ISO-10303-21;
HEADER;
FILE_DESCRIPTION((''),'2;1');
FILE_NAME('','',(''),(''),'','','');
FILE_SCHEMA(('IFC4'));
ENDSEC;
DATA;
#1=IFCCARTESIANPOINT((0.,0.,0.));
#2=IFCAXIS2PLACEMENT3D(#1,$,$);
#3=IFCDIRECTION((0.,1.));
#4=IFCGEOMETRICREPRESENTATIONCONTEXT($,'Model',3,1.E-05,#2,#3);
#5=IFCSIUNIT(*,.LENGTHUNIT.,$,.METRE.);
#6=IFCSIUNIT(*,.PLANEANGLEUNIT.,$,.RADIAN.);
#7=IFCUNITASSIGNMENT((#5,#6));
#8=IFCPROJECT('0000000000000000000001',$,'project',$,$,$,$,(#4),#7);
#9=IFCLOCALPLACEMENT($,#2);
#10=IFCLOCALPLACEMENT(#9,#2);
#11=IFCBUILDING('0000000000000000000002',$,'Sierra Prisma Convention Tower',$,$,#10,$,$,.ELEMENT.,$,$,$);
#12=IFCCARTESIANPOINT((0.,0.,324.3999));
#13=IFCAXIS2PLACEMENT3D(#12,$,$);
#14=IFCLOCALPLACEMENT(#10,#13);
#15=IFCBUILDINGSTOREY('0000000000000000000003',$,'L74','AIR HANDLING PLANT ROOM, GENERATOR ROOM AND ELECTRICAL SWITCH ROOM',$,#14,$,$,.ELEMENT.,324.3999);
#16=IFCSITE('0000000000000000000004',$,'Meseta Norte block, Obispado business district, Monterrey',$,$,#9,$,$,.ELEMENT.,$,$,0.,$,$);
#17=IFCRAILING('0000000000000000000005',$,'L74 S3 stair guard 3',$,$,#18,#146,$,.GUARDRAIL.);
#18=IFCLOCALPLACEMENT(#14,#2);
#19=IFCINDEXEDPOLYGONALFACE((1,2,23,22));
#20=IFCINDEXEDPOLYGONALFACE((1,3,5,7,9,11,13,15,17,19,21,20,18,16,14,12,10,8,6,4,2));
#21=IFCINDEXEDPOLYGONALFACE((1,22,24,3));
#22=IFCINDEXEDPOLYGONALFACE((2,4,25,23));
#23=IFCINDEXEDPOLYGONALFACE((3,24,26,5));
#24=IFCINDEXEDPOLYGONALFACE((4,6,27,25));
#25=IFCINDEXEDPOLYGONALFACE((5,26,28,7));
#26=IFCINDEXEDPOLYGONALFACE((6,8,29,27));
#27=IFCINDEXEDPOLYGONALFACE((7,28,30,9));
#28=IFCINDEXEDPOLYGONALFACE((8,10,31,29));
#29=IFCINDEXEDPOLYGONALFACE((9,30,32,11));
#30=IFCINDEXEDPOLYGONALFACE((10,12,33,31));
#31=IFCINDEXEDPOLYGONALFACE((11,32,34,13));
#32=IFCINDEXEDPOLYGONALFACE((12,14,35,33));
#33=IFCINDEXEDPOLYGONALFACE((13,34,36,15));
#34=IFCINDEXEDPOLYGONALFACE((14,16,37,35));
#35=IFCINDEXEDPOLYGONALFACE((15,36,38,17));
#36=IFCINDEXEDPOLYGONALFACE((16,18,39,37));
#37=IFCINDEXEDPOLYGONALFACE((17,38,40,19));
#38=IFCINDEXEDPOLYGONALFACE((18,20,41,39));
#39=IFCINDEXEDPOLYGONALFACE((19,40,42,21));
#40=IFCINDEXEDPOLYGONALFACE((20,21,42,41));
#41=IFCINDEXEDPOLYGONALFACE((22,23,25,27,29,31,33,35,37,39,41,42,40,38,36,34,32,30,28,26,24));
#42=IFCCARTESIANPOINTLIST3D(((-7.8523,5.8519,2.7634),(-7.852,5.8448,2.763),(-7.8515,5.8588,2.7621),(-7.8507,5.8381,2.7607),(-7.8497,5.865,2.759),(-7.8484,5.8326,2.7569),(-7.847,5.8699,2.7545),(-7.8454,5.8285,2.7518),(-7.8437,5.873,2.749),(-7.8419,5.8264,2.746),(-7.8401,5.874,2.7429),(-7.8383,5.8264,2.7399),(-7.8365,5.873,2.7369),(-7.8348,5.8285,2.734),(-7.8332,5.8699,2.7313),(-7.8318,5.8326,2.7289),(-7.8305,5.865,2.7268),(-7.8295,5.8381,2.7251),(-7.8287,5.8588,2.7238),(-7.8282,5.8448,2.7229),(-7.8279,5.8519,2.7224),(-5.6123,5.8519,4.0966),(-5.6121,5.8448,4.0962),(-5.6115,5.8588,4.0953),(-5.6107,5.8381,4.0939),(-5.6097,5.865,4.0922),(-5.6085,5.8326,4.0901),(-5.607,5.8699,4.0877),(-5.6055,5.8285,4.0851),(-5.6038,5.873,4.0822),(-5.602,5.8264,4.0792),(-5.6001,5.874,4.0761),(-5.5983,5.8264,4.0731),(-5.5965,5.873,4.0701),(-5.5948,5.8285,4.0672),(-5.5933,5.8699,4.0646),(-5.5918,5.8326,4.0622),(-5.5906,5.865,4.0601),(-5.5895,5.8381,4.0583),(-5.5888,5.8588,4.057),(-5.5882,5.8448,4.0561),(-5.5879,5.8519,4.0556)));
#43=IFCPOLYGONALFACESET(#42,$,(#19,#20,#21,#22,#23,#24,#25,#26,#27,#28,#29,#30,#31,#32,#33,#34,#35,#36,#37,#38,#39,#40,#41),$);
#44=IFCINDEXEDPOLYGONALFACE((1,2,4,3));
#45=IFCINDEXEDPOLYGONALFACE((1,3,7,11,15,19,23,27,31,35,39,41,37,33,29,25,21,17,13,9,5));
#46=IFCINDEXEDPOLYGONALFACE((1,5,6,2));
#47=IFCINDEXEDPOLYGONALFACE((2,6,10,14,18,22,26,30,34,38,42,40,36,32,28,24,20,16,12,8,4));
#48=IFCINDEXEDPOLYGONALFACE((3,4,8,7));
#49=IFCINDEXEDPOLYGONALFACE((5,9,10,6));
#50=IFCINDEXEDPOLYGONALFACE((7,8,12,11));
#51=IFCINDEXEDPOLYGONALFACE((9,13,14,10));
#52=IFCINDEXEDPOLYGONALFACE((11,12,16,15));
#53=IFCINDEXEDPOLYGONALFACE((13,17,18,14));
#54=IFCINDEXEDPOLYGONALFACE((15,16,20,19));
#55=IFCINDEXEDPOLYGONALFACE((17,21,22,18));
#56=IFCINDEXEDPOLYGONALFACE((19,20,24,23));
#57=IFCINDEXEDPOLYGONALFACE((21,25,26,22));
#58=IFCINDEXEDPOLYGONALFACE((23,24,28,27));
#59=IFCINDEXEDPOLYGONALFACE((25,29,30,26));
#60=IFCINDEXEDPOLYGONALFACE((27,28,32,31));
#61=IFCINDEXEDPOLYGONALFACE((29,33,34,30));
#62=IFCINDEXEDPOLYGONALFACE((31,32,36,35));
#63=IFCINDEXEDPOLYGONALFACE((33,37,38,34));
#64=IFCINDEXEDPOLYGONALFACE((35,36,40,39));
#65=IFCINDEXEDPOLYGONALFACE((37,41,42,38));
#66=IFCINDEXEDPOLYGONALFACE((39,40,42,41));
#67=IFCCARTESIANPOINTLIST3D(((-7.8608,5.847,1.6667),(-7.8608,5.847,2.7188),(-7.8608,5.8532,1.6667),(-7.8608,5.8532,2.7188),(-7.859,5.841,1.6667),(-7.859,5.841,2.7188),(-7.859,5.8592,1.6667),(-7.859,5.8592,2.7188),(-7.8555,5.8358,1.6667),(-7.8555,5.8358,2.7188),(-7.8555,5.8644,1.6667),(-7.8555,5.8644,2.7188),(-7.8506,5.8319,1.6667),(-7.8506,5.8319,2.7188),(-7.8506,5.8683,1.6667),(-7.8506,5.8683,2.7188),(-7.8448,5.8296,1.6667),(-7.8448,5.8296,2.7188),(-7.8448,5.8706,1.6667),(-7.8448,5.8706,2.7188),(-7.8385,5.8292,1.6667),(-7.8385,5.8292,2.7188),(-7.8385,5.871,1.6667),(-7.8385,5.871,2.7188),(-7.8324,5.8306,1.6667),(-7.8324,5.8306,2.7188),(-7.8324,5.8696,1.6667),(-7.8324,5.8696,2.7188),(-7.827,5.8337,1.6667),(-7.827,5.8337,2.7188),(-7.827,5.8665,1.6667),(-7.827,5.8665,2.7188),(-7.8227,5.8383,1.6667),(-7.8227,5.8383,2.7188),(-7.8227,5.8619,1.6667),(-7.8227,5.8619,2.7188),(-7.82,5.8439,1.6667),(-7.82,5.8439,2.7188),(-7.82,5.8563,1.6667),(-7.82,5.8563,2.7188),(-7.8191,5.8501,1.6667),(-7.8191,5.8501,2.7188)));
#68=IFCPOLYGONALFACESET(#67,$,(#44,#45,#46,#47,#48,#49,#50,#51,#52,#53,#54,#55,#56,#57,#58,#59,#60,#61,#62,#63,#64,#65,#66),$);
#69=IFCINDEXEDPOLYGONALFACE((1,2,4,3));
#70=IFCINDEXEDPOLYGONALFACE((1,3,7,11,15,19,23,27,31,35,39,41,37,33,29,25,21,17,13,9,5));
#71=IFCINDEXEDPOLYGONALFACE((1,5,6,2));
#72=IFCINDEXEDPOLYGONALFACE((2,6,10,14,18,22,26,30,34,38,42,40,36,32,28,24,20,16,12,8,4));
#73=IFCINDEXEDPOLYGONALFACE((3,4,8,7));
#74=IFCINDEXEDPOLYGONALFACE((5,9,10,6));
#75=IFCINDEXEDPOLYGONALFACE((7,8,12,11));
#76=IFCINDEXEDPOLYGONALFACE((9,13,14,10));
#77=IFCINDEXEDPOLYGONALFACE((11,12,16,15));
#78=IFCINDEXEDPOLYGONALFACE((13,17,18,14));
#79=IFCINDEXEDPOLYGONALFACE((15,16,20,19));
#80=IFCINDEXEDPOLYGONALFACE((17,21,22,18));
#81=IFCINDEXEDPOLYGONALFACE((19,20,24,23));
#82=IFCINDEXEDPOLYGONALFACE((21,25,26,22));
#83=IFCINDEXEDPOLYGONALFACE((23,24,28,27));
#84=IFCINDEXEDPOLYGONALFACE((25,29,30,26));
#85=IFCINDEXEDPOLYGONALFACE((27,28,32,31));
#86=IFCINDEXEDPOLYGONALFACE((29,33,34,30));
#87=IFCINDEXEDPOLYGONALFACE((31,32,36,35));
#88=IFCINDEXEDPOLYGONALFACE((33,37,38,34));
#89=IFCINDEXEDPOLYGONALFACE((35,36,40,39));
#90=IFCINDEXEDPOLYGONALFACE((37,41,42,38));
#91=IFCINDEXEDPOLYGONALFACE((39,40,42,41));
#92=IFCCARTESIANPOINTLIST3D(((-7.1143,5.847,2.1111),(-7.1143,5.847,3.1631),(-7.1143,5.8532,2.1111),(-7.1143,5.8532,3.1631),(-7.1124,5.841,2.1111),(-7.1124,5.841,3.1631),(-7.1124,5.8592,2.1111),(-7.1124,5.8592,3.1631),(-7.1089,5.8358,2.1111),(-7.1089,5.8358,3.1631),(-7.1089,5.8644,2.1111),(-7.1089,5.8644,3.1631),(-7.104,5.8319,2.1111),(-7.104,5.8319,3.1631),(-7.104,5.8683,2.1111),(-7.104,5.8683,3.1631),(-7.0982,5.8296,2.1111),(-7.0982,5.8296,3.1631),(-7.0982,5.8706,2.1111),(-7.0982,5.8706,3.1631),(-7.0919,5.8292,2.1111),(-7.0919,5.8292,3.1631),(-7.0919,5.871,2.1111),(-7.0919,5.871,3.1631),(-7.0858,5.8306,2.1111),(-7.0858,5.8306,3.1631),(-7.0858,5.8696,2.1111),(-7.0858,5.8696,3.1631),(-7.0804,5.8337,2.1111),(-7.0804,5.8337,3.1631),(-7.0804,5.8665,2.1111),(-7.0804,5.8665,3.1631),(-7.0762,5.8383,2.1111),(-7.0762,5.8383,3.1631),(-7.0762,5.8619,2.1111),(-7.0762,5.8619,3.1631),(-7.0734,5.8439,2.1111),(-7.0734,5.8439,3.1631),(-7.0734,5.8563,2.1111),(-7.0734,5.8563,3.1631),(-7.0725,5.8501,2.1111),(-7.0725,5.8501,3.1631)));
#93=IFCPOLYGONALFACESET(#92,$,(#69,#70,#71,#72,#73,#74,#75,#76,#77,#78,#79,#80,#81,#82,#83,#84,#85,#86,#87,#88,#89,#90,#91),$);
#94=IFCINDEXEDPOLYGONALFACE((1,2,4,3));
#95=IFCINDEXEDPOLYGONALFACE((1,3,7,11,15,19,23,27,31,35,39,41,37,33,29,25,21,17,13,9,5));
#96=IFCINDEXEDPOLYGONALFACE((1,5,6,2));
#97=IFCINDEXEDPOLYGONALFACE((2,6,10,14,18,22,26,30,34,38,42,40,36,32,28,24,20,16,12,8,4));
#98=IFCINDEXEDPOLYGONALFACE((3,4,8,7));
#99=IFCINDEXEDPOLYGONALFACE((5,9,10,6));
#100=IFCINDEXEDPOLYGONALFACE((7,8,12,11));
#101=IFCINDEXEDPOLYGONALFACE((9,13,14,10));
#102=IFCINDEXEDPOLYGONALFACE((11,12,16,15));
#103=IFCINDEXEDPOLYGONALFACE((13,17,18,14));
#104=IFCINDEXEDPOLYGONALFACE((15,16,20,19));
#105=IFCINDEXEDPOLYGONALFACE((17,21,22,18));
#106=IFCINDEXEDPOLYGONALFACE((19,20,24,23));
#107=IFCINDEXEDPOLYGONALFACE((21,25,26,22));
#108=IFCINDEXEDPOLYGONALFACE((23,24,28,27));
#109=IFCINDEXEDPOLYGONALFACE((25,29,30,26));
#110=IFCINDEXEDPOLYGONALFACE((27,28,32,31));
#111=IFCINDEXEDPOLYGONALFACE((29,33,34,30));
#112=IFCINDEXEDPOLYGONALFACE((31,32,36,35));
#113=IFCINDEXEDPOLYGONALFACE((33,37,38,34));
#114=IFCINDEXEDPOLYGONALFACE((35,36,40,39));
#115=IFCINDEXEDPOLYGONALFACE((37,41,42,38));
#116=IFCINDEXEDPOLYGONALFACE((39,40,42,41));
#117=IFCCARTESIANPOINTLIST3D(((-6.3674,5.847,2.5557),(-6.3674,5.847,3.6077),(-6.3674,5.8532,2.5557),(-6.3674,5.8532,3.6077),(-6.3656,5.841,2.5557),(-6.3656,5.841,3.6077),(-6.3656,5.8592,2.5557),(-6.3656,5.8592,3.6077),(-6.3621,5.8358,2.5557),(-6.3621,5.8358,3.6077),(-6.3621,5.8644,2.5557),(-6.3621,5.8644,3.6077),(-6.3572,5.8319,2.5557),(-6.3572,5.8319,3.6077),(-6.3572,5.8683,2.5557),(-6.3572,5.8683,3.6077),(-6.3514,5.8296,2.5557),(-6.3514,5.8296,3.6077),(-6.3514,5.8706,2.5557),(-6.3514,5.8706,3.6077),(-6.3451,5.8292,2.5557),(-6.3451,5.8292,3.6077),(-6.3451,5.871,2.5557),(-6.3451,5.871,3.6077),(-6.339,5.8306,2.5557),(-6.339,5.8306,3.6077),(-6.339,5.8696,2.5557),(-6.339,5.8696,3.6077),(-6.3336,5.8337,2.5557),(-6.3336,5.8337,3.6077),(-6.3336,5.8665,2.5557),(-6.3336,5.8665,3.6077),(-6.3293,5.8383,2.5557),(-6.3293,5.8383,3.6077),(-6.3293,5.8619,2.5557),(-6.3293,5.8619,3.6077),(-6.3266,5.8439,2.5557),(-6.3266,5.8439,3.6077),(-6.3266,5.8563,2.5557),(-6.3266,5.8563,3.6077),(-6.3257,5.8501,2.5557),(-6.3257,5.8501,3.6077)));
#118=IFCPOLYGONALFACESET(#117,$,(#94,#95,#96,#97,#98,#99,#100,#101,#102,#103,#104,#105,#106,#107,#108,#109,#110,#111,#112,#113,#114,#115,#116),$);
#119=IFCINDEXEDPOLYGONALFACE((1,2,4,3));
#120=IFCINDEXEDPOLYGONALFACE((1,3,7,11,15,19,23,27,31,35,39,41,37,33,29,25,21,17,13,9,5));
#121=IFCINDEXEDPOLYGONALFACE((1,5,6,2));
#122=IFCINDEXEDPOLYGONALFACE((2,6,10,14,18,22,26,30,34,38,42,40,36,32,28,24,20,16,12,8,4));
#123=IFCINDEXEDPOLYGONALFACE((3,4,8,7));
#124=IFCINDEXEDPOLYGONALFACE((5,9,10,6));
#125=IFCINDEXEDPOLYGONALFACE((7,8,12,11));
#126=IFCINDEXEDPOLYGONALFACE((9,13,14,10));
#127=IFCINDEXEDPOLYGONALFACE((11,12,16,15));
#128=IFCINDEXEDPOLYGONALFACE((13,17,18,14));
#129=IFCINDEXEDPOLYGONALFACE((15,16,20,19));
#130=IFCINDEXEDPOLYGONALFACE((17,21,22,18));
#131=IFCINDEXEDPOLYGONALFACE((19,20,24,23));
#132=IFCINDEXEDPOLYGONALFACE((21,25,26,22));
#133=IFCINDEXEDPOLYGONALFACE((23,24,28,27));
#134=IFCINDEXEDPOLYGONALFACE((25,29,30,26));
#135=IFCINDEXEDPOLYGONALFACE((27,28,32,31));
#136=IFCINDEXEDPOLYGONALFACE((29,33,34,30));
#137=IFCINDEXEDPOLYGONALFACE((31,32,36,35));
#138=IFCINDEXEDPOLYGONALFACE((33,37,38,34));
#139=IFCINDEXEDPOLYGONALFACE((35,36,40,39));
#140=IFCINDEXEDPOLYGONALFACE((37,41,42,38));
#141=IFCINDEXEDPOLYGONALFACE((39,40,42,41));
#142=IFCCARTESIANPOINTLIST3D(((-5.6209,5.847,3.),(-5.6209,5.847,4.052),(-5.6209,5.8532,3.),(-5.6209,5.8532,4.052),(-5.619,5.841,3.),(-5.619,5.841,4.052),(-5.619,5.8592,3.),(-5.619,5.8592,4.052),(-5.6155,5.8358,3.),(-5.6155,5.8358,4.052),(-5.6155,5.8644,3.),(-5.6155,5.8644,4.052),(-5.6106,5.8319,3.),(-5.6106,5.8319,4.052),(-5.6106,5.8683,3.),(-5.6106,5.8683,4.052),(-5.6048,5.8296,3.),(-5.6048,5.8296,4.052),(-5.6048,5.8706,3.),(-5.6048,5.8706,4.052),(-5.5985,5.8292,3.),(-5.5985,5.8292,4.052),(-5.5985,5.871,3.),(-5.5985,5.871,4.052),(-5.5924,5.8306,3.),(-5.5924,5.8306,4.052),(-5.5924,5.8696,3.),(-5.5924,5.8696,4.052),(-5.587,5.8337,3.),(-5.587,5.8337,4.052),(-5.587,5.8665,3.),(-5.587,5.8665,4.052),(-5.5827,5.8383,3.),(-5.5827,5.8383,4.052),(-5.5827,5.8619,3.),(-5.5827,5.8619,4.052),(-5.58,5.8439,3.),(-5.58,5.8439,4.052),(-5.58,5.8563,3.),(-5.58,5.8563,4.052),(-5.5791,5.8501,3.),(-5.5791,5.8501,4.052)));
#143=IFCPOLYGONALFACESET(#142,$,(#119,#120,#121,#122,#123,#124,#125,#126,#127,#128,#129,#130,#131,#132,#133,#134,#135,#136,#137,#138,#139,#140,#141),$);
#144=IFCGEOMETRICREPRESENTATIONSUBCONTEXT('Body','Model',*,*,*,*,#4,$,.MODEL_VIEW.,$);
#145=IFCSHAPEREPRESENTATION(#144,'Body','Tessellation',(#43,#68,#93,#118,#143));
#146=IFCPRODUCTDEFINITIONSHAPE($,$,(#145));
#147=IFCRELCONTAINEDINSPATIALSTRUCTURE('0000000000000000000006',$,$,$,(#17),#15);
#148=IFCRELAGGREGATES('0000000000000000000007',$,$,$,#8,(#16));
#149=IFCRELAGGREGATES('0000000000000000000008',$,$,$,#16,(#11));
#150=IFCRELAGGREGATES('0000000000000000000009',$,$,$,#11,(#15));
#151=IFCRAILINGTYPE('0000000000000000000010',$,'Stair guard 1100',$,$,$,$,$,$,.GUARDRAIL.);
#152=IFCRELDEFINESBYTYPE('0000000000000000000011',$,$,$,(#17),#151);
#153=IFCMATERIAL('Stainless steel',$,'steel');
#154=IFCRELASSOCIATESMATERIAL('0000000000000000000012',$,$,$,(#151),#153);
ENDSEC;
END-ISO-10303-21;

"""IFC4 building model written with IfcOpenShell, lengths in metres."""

from ifc_helpers import new_model, si_unit, direction, frame, origin, origin_2d, place, context, subcontext, project, spatial, circle, extrude, material, type_object, element, save


model = new_model("IFC4")

# Units and contexts
model_context = context("Model", 3, precision=1e-05, world=origin(), true_north=direction((0.0, 1.0)))
body_context = subcontext(model_context, "Body", "Model", "MODEL_VIEW")
ifc_project = project(units=[si_unit("LENGTHUNIT", "METRE"), si_unit("PLANEANGLEUNIT", "RADIAN")], contexts=[model_context])

# Site, building, storey
site_placement = place(None, origin())
site = spatial("IfcSite", under=ifc_project, at=site_placement, Name="Meseta Norte block, Obispado business district, Monterrey", CompositionType="ELEMENT", RefElevation=0.0)
building_placement = place(site_placement, origin())
building = spatial("IfcBuilding", under=site, at=building_placement, Name="Sierra Prisma Convention Tower", CompositionType="ELEMENT")
storey_placement = place(building_placement, frame((0.0, 0.0, 324.3999)))
storey = spatial("IfcBuildingStorey", under=building, at=storey_placement, Name="L74", Description="AIR HANDLING PLANT ROOM, GENERATOR ROOM AND ELECTRICAL SWITCH ROOM", CompositionType="ELEMENT", Elevation=324.3999)

# Railing
ifc_material_1 = material(Name="Stainless steel", Category="steel")
railing_type_1 = type_object("IfcRailingType", Name="Stair guard 1100", PredefinedType="GUARDRAIL", material=ifc_material_1)
railing_1_placement = place(storey_placement, frame((-7.8401, 5.8501, 1.6667)))
element("IfcRailing", 1, at=railing_1_placement, inside=storey, type_object=railing_type_1, Name="L74 S3 stair guard 3", PredefinedType="GUARDRAIL", context=body_context, shape_type="SweptSolid", body=[
    extrude(circle(Radius=0.0239, at=origin_2d()), frame((0.0, 0.0, 1.0762), z_axis=(0.859306, 0.0, 0.511462), x_axis=(0.0, 1.0, 0.0)), (0.0, 0.0, 1.0), 2.6067),
    extrude(circle(Radius=0.021, at=origin_2d()), origin(), (0.0, 0.0, 1.0), 1.052),
    extrude(circle(Radius=0.021, at=origin_2d()), frame((0.7466, 0.0, 0.4443)), (0.0, 0.0, 1.0), 1.052),
    extrude(circle(Radius=0.021, at=origin_2d()), frame((1.4934, 0.0, 0.8889)), (0.0, 0.0, 1.0), 1.052),
    extrude(circle(Radius=0.021, at=origin_2d()), frame((2.24, 0.0, 1.3333)), (0.0, 0.0, 1.0), 1.052),
])

save(model, "model.ifc")
